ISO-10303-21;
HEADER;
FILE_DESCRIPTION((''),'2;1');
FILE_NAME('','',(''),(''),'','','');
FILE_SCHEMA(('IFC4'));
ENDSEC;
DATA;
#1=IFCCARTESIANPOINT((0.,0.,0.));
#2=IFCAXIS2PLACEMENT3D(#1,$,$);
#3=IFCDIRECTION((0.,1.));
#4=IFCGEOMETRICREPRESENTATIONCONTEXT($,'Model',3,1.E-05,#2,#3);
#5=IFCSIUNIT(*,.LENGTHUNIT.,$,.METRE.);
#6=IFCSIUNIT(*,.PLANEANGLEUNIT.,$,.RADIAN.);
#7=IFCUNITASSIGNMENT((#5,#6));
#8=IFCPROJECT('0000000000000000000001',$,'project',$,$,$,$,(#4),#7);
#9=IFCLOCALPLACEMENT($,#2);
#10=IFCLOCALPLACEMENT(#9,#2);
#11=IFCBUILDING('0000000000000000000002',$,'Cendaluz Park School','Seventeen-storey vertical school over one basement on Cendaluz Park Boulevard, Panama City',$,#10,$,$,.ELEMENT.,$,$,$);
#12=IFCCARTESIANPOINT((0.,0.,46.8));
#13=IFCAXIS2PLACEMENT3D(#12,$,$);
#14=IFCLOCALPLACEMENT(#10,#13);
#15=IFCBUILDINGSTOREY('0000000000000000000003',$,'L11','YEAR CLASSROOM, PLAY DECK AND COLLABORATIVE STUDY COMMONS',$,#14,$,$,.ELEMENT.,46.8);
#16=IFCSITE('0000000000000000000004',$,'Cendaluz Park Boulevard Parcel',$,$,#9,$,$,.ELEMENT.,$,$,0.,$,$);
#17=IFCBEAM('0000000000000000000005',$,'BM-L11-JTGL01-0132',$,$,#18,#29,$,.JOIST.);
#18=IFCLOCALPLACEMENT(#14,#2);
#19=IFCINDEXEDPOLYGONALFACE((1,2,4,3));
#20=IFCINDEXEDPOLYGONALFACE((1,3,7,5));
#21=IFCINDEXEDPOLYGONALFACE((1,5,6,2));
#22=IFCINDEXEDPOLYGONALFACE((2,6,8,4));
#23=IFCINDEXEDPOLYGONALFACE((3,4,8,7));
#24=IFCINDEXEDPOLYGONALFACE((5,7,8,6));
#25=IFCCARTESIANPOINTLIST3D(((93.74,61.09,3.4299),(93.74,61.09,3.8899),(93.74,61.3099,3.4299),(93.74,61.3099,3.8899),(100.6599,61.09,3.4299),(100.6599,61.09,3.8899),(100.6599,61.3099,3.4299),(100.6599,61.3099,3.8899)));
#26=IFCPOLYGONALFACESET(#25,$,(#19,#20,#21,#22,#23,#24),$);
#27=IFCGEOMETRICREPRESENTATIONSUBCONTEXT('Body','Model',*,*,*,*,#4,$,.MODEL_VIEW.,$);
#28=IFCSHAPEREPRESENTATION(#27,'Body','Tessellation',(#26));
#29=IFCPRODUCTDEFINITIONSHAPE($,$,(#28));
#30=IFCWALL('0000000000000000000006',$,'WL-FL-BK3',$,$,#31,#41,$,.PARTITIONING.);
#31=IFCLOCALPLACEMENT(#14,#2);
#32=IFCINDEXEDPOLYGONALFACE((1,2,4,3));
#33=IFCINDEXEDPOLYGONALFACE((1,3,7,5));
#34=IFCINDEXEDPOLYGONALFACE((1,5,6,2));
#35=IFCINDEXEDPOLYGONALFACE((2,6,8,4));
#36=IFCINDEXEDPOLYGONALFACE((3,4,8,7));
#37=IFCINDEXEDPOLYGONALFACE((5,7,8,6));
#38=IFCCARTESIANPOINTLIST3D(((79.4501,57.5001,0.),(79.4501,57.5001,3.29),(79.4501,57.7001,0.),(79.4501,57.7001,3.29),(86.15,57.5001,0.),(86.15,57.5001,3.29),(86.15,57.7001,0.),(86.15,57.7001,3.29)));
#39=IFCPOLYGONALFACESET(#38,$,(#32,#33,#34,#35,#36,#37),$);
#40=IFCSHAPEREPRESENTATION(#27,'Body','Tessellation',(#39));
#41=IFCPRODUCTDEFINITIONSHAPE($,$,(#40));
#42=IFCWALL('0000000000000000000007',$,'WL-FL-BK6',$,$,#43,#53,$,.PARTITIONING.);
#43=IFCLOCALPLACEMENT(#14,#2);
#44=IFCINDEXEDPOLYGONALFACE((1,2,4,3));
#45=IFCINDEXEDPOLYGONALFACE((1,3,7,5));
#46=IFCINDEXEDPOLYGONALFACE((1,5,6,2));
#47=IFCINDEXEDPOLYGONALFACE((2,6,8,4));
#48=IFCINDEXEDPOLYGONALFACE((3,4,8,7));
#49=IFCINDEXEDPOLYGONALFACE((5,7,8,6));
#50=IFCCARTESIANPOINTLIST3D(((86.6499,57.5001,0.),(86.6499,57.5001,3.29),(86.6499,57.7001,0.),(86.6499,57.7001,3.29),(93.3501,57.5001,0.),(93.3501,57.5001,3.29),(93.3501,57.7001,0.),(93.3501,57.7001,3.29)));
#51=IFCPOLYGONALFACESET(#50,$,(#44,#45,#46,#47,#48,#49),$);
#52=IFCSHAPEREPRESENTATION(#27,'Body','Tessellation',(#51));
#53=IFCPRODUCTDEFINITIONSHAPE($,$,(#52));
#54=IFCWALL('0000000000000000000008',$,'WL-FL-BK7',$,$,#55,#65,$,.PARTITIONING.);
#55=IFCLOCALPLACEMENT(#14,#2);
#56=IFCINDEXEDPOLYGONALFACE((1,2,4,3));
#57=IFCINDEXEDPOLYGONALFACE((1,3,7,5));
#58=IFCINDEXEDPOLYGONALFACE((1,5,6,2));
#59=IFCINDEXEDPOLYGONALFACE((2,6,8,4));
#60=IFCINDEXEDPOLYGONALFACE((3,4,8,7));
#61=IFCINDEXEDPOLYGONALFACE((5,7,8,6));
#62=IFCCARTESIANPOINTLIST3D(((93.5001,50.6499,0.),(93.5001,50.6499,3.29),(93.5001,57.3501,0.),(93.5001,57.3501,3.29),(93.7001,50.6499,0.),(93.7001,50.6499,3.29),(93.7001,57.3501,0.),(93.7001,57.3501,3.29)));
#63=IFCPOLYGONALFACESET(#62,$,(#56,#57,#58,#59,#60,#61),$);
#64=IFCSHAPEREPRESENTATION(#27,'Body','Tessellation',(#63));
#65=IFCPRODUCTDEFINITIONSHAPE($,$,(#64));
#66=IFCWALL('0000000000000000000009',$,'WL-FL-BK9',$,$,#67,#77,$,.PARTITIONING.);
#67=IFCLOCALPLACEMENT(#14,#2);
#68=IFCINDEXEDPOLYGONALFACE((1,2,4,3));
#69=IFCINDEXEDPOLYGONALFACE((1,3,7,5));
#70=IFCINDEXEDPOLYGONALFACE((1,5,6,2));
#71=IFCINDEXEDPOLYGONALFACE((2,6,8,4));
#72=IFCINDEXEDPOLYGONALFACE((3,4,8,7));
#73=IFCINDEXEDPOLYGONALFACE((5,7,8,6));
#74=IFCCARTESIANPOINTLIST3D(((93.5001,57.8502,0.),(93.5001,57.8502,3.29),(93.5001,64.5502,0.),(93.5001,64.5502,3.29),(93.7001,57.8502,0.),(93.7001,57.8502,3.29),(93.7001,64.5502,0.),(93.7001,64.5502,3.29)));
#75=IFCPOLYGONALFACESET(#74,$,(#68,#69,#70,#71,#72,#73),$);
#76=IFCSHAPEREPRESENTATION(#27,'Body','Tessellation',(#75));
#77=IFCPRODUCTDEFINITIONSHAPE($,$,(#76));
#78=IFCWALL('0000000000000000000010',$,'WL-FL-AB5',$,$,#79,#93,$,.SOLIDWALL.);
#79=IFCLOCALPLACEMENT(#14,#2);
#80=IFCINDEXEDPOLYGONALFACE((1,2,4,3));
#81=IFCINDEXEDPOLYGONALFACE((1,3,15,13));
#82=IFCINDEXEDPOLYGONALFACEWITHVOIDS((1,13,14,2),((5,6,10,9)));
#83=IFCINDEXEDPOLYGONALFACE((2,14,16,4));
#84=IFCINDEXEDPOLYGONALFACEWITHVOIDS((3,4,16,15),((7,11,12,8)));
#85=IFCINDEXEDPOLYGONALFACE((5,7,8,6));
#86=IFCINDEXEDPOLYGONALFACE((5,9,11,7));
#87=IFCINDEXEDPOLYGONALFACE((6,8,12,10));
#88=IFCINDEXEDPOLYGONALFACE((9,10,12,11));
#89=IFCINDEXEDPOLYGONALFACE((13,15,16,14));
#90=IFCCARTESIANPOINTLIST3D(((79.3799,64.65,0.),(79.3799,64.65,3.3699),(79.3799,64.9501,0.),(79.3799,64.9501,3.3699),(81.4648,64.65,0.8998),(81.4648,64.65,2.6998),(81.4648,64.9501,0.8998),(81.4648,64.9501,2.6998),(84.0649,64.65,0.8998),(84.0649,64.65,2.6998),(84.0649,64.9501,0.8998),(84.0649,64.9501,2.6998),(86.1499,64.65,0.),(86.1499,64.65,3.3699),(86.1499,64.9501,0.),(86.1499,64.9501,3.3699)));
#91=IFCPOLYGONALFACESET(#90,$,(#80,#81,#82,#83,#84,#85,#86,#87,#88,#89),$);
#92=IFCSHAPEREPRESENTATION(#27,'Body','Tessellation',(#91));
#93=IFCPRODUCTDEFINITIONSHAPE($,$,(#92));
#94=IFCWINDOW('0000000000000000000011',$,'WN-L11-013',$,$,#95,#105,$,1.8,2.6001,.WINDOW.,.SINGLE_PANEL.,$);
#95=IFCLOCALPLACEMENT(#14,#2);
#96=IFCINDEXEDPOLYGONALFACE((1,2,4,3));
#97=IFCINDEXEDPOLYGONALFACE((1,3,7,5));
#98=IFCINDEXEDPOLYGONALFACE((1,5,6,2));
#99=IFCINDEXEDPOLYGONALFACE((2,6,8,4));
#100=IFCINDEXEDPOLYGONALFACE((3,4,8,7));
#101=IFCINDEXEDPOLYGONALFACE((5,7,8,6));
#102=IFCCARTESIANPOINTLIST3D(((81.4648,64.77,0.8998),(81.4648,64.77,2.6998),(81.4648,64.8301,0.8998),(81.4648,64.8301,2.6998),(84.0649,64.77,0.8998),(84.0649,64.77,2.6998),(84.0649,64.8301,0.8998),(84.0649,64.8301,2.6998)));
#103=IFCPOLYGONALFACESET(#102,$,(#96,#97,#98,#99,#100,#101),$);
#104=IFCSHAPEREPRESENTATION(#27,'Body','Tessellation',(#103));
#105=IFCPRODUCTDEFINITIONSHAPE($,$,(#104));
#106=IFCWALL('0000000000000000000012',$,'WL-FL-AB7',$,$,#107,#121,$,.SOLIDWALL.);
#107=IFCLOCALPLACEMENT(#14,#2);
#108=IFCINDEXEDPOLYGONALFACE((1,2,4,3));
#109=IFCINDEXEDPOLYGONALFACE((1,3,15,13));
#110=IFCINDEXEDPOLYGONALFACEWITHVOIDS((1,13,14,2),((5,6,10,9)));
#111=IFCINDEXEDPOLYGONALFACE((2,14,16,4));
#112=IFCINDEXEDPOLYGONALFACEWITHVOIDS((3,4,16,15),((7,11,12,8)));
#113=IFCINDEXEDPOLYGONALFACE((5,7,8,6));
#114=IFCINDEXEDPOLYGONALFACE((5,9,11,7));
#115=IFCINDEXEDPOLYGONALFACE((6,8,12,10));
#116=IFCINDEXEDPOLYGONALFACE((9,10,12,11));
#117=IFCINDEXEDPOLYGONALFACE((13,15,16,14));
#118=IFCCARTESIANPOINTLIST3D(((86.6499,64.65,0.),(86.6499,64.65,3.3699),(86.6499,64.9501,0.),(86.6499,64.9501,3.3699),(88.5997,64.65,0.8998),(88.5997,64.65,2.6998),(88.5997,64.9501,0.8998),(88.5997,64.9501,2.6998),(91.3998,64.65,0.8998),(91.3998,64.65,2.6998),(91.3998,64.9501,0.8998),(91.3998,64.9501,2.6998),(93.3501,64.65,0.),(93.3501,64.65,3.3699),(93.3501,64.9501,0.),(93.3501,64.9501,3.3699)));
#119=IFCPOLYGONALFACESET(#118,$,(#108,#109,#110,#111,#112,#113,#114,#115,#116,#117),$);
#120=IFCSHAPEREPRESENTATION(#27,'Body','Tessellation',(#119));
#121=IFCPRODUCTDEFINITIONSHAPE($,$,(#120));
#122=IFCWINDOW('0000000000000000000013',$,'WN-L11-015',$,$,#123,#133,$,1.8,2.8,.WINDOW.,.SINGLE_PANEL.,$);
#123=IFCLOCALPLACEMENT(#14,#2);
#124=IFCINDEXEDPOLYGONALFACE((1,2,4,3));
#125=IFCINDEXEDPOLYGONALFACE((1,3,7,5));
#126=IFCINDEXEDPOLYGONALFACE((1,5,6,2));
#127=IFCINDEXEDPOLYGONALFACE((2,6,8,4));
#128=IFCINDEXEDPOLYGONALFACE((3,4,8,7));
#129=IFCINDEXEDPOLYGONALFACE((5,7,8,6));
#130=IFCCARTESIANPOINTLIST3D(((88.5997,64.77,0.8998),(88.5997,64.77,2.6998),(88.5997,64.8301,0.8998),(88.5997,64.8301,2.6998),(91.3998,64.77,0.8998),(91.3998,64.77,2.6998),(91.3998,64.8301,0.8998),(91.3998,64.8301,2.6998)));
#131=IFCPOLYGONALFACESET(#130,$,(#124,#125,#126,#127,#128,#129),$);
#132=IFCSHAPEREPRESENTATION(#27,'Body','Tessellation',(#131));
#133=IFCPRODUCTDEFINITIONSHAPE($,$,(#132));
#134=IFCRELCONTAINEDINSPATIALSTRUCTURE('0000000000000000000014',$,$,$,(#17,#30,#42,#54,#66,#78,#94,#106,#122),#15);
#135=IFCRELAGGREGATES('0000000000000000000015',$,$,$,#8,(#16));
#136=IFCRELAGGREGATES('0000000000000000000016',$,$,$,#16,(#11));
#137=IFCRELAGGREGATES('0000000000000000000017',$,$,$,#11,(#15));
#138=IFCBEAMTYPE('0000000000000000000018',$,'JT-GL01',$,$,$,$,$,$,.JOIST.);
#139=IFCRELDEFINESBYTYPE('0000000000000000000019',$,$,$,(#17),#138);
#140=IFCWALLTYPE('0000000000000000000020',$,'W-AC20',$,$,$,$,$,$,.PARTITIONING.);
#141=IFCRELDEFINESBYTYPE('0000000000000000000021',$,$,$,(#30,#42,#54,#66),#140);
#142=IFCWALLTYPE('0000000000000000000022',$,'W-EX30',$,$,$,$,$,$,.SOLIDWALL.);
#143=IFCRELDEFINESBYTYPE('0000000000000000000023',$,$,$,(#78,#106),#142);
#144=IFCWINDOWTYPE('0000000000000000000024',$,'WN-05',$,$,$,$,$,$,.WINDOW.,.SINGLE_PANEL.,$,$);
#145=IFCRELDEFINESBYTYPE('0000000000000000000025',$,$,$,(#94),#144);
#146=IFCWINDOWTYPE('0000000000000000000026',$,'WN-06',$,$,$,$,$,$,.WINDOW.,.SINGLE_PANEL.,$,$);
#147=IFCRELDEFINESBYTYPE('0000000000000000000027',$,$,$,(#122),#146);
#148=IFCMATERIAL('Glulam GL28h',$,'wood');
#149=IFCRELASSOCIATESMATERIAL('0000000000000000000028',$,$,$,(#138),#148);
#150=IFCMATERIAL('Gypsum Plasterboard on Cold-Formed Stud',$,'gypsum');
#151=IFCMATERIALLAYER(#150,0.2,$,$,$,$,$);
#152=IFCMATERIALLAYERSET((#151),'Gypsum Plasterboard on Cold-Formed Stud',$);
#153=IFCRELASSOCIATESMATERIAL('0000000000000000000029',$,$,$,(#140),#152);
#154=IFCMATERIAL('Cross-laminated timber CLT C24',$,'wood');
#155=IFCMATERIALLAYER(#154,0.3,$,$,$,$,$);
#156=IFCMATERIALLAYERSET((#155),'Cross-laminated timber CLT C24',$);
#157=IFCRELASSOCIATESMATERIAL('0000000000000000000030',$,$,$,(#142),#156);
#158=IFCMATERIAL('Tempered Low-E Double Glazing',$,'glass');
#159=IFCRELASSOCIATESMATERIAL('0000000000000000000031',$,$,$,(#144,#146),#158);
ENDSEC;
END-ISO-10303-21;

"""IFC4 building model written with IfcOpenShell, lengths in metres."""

from ifc_helpers import new_model, si_unit, direction, frame, frame_2d, origin, origin_2d, place, context, subcontext, project, spatial, rectangle, extrude, material, layer, layer_set, material_profile, profile_set, type_object, element, fill, save


model = new_model("IFC4")

# Units and contexts
model_context = context("Model", 3, precision=1e-05, world=origin(), true_north=direction((0.0, 1.0)))
body_context = subcontext(model_context, "Body", "Model", "MODEL_VIEW")
ifc_project = project(units=[si_unit("LENGTHUNIT", "METRE"), si_unit("PLANEANGLEUNIT", "RADIAN")], contexts=[model_context])

# Site, building, storey
site_placement = place(None, origin())
site = spatial("IfcSite", under=ifc_project, at=site_placement, Name="Cendaluz Park Boulevard Parcel", CompositionType="ELEMENT", RefElevation=0.0)
building_placement = place(site_placement, origin())
building = spatial("IfcBuilding", under=site, at=building_placement, Name="Cendaluz Park School", Description="Seventeen-storey vertical school over one basement on Cendaluz Park Boulevard, Panama City", CompositionType="ELEMENT")
storey_placement = place(building_placement, frame((0.0, 0.0, 46.8)))
storey = spatial("IfcBuildingStorey", under=building, at=storey_placement, Name="L11", Description="YEAR CLASSROOM, PLAY DECK AND COLLABORATIVE STUDY COMMONS", CompositionType="ELEMENT", Elevation=46.8)

# Beam
ifc_material_1 = material(Name="Glulam GL28h", Category="wood")
ifc_material_profile_1 = material_profile(ifc_material_1, rectangle(XDim=0.22, YDim=0.46, at=origin_2d()), Name="GL28h 220x460", Category="wood")
ifc_profile_set_1 = profile_set([ifc_material_profile_1], Name="Glulam GL28h")
beam_type_1 = type_object("IfcBeamType", Name="JT-GL01", PredefinedType="JOIST", material=ifc_profile_set_1)
beam_1_placement = place(storey_placement, frame((93.74, 61.2, 3.6599), z_axis=(1.0, 0.0, 0.0), x_axis=(0.0, 1.0, 0.0)))
element("IfcBeam", 1, at=beam_1_placement, inside=storey, type_object=beam_type_1, Name="BM-L11-JTGL01-0132", PredefinedType="JOIST", context=body_context, shape_type="SweptSolid", body=[
    extrude(rectangle(XDim=0.22, YDim=0.46, at=origin_2d()), origin(), (0.0, 0.0, 1.0), 6.9199),
])

# Walls
ifc_material_2 = material(Name="Gypsum Plasterboard on Cold-Formed Stud", Category="gypsum")
ifc_layer_1 = layer(ifc_material_2, 0.2)
ifc_layer_set_1 = layer_set([ifc_layer_1], Name="Gypsum Plasterboard on Cold-Formed Stud")
wall_type_1 = type_object("IfcWallType", Name="W-AC20", PredefinedType="PARTITIONING", material=ifc_layer_set_1)
wall_1_placement = place(storey_placement, frame((79.45, 57.6001, 0.0), z_axis=(0.0, 0.0, 1.0), x_axis=(1.0, 0.0, 0.0)))
element("IfcWall", 2, at=wall_1_placement, inside=storey, type_object=wall_type_1, Name="WL-FL-BK3", PredefinedType="PARTITIONING", context=body_context, shape_type="SweptSolid", body=[
    extrude(rectangle(XDim=6.7, YDim=0.2, at=frame_2d((3.3501, 0.0))), origin(), (0.0, 0.0, 1.0), 3.29),
])
for number, where, z_axis, x_axis, name in (
    (3, (86.6499, 57.6001, 0.0), (0.0, 0.0, 1.0), (1.0, 0.0, 0.0), "WL-FL-BK6"),
    (4, (93.6001, 50.6499, 0.0), (0.0, 0.0, 1.0), (0.0, 1.0, 0.0), "WL-FL-BK7"),
):
    element("IfcWall", number, at=place(storey_placement, frame(where, z_axis=z_axis, x_axis=x_axis)), inside=storey, type_object=wall_type_1, Name=name, PredefinedType="PARTITIONING", context=body_context, shape_type="SweptSolid", body=[
        extrude(rectangle(XDim=6.7002, YDim=0.2, at=frame_2d((3.3501, 0.0))), origin(), (0.0, 0.0, 1.0), 3.29),
    ])
wall_2_placement = place(storey_placement, frame((93.6001, 57.8501, 0.0), z_axis=(0.0, 0.0, 1.0), x_axis=(0.0, 1.0, 0.0)))
element("IfcWall", 5, at=wall_2_placement, inside=storey, type_object=wall_type_1, Name="WL-FL-BK9", PredefinedType="PARTITIONING", context=body_context, shape_type="SweptSolid", body=[
    extrude(rectangle(XDim=6.7, YDim=0.2, at=frame_2d((3.3501, 0.0))), origin(), (0.0, 0.0, 1.0), 3.29),
])

# Walls, openings, windows
ifc_material_3 = material(Name="Cross-laminated timber CLT C24", Category="wood")
ifc_layer_2 = layer(ifc_material_3, 0.3)
ifc_layer_set_2 = layer_set([ifc_layer_2], Name="Cross-laminated timber CLT C24")
wall_type_2 = type_object("IfcWallType", Name="W-EX30", PredefinedType="SOLIDWALL", material=ifc_layer_set_2)
wall_3_placement = place(storey_placement, frame((79.3799, 64.8, 0.0), z_axis=(0.0, 0.0, 1.0), x_axis=(1.0, 0.0, 0.0)))
wall_3 = element("IfcWall", 6, at=wall_3_placement, inside=storey, type_object=wall_type_2, Name="WL-FL-AB5", PredefinedType="SOLIDWALL", context=body_context, shape_type="SweptSolid", body=[
    extrude(rectangle(XDim=6.77, YDim=0.3, at=frame_2d((3.385, 0.0))), origin(), (0.0, 0.0, 1.0), 3.3699),
])
opening_1_placement = place(wall_3_placement, frame((2.085, 0.0, 0.8999)))
opening_1 = element("IfcOpeningElement", 7, at=opening_1_placement, cuts=wall_3, PredefinedType="OPENING", context=body_context, shape_type="SweptSolid", body=[
    extrude(rectangle(XDim=2.6001, YDim=1.8, at=frame_2d((1.3, 0.8999))), frame((0.0, 0.1621, 0.0), z_axis=(0.0, -1.0, 0.0), x_axis=(1.0, 0.0, 0.0)), (0.0, 0.0, 1.0), 0.324),
])
ifc_material_4 = material(Name="Tempered Low-E Double Glazing", Category="glass")
window_type_1 = type_object("IfcWindowType", Name="WN-05", PartitioningType="SINGLE_PANEL", PredefinedType="WINDOW", material=ifc_material_4)
window_1_placement = place(opening_1_placement, origin())
window_1 = element("IfcWindow", 8, at=window_1_placement, inside=storey, type_object=window_type_1, Name="WN-L11-013", OverallHeight=1.8, OverallWidth=2.6001, PartitioningType="SINGLE_PANEL", PredefinedType="WINDOW", context=body_context, shape_type="SweptSolid", body=[
    extrude(rectangle(XDim=2.6001, YDim=1.8, at=frame_2d((1.3, 0.8999))), frame((0.0, 0.03, 0.0), z_axis=(0.0, -1.0, 0.0), x_axis=(1.0, 0.0, 0.0)), (0.0, 0.0, 1.0), 0.0601),
])
fill(opening_1, window_1)
wall_4_placement = place(storey_placement, frame((86.6499, 64.8, 0.0), z_axis=(0.0, 0.0, 1.0), x_axis=(1.0, 0.0, 0.0)))
wall_4 = element("IfcWall", 9, at=wall_4_placement, inside=storey, type_object=wall_type_2, Name="WL-FL-AB7", PredefinedType="SOLIDWALL", context=body_context, shape_type="SweptSolid", body=[
    extrude(rectangle(XDim=6.7002, YDim=0.3, at=frame_2d((3.3501, 0.0))), origin(), (0.0, 0.0, 1.0), 3.3699),
])
opening_2_placement = place(wall_4_placement, frame((1.95, 0.0, 0.8999)))
opening_2 = element("IfcOpeningElement", 10, at=opening_2_placement, cuts=wall_4, PredefinedType="OPENING", context=body_context, shape_type="SweptSolid", body=[
    extrude(rectangle(XDim=2.8, YDim=1.8, at=frame_2d((1.3999, 0.8999))), frame((0.0, 0.1621, 0.0), z_axis=(0.0, -1.0, 0.0), x_axis=(1.0, 0.0, 0.0)), (0.0, 0.0, 1.0), 0.324),
])
window_type_2 = type_object("IfcWindowType", Name="WN-06", PartitioningType="SINGLE_PANEL", PredefinedType="WINDOW", material=ifc_material_4)
window_2_placement = place(opening_2_placement, origin())
window_2 = element("IfcWindow", 11, at=window_2_placement, inside=storey, type_object=window_type_2, Name="WN-L11-015", OverallHeight=1.8, OverallWidth=2.8, PartitioningType="SINGLE_PANEL", PredefinedType="WINDOW", context=body_context, shape_type="SweptSolid", body=[
    extrude(rectangle(XDim=2.8, YDim=1.8, at=frame_2d((1.3999, 0.8999))), frame((0.0, 0.03, 0.0), z_axis=(0.0, -1.0, 0.0), x_axis=(1.0, 0.0, 0.0)), (0.0, 0.0, 1.0), 0.0601),
])
fill(opening_2, window_2)

save(model, "model.ifc")
